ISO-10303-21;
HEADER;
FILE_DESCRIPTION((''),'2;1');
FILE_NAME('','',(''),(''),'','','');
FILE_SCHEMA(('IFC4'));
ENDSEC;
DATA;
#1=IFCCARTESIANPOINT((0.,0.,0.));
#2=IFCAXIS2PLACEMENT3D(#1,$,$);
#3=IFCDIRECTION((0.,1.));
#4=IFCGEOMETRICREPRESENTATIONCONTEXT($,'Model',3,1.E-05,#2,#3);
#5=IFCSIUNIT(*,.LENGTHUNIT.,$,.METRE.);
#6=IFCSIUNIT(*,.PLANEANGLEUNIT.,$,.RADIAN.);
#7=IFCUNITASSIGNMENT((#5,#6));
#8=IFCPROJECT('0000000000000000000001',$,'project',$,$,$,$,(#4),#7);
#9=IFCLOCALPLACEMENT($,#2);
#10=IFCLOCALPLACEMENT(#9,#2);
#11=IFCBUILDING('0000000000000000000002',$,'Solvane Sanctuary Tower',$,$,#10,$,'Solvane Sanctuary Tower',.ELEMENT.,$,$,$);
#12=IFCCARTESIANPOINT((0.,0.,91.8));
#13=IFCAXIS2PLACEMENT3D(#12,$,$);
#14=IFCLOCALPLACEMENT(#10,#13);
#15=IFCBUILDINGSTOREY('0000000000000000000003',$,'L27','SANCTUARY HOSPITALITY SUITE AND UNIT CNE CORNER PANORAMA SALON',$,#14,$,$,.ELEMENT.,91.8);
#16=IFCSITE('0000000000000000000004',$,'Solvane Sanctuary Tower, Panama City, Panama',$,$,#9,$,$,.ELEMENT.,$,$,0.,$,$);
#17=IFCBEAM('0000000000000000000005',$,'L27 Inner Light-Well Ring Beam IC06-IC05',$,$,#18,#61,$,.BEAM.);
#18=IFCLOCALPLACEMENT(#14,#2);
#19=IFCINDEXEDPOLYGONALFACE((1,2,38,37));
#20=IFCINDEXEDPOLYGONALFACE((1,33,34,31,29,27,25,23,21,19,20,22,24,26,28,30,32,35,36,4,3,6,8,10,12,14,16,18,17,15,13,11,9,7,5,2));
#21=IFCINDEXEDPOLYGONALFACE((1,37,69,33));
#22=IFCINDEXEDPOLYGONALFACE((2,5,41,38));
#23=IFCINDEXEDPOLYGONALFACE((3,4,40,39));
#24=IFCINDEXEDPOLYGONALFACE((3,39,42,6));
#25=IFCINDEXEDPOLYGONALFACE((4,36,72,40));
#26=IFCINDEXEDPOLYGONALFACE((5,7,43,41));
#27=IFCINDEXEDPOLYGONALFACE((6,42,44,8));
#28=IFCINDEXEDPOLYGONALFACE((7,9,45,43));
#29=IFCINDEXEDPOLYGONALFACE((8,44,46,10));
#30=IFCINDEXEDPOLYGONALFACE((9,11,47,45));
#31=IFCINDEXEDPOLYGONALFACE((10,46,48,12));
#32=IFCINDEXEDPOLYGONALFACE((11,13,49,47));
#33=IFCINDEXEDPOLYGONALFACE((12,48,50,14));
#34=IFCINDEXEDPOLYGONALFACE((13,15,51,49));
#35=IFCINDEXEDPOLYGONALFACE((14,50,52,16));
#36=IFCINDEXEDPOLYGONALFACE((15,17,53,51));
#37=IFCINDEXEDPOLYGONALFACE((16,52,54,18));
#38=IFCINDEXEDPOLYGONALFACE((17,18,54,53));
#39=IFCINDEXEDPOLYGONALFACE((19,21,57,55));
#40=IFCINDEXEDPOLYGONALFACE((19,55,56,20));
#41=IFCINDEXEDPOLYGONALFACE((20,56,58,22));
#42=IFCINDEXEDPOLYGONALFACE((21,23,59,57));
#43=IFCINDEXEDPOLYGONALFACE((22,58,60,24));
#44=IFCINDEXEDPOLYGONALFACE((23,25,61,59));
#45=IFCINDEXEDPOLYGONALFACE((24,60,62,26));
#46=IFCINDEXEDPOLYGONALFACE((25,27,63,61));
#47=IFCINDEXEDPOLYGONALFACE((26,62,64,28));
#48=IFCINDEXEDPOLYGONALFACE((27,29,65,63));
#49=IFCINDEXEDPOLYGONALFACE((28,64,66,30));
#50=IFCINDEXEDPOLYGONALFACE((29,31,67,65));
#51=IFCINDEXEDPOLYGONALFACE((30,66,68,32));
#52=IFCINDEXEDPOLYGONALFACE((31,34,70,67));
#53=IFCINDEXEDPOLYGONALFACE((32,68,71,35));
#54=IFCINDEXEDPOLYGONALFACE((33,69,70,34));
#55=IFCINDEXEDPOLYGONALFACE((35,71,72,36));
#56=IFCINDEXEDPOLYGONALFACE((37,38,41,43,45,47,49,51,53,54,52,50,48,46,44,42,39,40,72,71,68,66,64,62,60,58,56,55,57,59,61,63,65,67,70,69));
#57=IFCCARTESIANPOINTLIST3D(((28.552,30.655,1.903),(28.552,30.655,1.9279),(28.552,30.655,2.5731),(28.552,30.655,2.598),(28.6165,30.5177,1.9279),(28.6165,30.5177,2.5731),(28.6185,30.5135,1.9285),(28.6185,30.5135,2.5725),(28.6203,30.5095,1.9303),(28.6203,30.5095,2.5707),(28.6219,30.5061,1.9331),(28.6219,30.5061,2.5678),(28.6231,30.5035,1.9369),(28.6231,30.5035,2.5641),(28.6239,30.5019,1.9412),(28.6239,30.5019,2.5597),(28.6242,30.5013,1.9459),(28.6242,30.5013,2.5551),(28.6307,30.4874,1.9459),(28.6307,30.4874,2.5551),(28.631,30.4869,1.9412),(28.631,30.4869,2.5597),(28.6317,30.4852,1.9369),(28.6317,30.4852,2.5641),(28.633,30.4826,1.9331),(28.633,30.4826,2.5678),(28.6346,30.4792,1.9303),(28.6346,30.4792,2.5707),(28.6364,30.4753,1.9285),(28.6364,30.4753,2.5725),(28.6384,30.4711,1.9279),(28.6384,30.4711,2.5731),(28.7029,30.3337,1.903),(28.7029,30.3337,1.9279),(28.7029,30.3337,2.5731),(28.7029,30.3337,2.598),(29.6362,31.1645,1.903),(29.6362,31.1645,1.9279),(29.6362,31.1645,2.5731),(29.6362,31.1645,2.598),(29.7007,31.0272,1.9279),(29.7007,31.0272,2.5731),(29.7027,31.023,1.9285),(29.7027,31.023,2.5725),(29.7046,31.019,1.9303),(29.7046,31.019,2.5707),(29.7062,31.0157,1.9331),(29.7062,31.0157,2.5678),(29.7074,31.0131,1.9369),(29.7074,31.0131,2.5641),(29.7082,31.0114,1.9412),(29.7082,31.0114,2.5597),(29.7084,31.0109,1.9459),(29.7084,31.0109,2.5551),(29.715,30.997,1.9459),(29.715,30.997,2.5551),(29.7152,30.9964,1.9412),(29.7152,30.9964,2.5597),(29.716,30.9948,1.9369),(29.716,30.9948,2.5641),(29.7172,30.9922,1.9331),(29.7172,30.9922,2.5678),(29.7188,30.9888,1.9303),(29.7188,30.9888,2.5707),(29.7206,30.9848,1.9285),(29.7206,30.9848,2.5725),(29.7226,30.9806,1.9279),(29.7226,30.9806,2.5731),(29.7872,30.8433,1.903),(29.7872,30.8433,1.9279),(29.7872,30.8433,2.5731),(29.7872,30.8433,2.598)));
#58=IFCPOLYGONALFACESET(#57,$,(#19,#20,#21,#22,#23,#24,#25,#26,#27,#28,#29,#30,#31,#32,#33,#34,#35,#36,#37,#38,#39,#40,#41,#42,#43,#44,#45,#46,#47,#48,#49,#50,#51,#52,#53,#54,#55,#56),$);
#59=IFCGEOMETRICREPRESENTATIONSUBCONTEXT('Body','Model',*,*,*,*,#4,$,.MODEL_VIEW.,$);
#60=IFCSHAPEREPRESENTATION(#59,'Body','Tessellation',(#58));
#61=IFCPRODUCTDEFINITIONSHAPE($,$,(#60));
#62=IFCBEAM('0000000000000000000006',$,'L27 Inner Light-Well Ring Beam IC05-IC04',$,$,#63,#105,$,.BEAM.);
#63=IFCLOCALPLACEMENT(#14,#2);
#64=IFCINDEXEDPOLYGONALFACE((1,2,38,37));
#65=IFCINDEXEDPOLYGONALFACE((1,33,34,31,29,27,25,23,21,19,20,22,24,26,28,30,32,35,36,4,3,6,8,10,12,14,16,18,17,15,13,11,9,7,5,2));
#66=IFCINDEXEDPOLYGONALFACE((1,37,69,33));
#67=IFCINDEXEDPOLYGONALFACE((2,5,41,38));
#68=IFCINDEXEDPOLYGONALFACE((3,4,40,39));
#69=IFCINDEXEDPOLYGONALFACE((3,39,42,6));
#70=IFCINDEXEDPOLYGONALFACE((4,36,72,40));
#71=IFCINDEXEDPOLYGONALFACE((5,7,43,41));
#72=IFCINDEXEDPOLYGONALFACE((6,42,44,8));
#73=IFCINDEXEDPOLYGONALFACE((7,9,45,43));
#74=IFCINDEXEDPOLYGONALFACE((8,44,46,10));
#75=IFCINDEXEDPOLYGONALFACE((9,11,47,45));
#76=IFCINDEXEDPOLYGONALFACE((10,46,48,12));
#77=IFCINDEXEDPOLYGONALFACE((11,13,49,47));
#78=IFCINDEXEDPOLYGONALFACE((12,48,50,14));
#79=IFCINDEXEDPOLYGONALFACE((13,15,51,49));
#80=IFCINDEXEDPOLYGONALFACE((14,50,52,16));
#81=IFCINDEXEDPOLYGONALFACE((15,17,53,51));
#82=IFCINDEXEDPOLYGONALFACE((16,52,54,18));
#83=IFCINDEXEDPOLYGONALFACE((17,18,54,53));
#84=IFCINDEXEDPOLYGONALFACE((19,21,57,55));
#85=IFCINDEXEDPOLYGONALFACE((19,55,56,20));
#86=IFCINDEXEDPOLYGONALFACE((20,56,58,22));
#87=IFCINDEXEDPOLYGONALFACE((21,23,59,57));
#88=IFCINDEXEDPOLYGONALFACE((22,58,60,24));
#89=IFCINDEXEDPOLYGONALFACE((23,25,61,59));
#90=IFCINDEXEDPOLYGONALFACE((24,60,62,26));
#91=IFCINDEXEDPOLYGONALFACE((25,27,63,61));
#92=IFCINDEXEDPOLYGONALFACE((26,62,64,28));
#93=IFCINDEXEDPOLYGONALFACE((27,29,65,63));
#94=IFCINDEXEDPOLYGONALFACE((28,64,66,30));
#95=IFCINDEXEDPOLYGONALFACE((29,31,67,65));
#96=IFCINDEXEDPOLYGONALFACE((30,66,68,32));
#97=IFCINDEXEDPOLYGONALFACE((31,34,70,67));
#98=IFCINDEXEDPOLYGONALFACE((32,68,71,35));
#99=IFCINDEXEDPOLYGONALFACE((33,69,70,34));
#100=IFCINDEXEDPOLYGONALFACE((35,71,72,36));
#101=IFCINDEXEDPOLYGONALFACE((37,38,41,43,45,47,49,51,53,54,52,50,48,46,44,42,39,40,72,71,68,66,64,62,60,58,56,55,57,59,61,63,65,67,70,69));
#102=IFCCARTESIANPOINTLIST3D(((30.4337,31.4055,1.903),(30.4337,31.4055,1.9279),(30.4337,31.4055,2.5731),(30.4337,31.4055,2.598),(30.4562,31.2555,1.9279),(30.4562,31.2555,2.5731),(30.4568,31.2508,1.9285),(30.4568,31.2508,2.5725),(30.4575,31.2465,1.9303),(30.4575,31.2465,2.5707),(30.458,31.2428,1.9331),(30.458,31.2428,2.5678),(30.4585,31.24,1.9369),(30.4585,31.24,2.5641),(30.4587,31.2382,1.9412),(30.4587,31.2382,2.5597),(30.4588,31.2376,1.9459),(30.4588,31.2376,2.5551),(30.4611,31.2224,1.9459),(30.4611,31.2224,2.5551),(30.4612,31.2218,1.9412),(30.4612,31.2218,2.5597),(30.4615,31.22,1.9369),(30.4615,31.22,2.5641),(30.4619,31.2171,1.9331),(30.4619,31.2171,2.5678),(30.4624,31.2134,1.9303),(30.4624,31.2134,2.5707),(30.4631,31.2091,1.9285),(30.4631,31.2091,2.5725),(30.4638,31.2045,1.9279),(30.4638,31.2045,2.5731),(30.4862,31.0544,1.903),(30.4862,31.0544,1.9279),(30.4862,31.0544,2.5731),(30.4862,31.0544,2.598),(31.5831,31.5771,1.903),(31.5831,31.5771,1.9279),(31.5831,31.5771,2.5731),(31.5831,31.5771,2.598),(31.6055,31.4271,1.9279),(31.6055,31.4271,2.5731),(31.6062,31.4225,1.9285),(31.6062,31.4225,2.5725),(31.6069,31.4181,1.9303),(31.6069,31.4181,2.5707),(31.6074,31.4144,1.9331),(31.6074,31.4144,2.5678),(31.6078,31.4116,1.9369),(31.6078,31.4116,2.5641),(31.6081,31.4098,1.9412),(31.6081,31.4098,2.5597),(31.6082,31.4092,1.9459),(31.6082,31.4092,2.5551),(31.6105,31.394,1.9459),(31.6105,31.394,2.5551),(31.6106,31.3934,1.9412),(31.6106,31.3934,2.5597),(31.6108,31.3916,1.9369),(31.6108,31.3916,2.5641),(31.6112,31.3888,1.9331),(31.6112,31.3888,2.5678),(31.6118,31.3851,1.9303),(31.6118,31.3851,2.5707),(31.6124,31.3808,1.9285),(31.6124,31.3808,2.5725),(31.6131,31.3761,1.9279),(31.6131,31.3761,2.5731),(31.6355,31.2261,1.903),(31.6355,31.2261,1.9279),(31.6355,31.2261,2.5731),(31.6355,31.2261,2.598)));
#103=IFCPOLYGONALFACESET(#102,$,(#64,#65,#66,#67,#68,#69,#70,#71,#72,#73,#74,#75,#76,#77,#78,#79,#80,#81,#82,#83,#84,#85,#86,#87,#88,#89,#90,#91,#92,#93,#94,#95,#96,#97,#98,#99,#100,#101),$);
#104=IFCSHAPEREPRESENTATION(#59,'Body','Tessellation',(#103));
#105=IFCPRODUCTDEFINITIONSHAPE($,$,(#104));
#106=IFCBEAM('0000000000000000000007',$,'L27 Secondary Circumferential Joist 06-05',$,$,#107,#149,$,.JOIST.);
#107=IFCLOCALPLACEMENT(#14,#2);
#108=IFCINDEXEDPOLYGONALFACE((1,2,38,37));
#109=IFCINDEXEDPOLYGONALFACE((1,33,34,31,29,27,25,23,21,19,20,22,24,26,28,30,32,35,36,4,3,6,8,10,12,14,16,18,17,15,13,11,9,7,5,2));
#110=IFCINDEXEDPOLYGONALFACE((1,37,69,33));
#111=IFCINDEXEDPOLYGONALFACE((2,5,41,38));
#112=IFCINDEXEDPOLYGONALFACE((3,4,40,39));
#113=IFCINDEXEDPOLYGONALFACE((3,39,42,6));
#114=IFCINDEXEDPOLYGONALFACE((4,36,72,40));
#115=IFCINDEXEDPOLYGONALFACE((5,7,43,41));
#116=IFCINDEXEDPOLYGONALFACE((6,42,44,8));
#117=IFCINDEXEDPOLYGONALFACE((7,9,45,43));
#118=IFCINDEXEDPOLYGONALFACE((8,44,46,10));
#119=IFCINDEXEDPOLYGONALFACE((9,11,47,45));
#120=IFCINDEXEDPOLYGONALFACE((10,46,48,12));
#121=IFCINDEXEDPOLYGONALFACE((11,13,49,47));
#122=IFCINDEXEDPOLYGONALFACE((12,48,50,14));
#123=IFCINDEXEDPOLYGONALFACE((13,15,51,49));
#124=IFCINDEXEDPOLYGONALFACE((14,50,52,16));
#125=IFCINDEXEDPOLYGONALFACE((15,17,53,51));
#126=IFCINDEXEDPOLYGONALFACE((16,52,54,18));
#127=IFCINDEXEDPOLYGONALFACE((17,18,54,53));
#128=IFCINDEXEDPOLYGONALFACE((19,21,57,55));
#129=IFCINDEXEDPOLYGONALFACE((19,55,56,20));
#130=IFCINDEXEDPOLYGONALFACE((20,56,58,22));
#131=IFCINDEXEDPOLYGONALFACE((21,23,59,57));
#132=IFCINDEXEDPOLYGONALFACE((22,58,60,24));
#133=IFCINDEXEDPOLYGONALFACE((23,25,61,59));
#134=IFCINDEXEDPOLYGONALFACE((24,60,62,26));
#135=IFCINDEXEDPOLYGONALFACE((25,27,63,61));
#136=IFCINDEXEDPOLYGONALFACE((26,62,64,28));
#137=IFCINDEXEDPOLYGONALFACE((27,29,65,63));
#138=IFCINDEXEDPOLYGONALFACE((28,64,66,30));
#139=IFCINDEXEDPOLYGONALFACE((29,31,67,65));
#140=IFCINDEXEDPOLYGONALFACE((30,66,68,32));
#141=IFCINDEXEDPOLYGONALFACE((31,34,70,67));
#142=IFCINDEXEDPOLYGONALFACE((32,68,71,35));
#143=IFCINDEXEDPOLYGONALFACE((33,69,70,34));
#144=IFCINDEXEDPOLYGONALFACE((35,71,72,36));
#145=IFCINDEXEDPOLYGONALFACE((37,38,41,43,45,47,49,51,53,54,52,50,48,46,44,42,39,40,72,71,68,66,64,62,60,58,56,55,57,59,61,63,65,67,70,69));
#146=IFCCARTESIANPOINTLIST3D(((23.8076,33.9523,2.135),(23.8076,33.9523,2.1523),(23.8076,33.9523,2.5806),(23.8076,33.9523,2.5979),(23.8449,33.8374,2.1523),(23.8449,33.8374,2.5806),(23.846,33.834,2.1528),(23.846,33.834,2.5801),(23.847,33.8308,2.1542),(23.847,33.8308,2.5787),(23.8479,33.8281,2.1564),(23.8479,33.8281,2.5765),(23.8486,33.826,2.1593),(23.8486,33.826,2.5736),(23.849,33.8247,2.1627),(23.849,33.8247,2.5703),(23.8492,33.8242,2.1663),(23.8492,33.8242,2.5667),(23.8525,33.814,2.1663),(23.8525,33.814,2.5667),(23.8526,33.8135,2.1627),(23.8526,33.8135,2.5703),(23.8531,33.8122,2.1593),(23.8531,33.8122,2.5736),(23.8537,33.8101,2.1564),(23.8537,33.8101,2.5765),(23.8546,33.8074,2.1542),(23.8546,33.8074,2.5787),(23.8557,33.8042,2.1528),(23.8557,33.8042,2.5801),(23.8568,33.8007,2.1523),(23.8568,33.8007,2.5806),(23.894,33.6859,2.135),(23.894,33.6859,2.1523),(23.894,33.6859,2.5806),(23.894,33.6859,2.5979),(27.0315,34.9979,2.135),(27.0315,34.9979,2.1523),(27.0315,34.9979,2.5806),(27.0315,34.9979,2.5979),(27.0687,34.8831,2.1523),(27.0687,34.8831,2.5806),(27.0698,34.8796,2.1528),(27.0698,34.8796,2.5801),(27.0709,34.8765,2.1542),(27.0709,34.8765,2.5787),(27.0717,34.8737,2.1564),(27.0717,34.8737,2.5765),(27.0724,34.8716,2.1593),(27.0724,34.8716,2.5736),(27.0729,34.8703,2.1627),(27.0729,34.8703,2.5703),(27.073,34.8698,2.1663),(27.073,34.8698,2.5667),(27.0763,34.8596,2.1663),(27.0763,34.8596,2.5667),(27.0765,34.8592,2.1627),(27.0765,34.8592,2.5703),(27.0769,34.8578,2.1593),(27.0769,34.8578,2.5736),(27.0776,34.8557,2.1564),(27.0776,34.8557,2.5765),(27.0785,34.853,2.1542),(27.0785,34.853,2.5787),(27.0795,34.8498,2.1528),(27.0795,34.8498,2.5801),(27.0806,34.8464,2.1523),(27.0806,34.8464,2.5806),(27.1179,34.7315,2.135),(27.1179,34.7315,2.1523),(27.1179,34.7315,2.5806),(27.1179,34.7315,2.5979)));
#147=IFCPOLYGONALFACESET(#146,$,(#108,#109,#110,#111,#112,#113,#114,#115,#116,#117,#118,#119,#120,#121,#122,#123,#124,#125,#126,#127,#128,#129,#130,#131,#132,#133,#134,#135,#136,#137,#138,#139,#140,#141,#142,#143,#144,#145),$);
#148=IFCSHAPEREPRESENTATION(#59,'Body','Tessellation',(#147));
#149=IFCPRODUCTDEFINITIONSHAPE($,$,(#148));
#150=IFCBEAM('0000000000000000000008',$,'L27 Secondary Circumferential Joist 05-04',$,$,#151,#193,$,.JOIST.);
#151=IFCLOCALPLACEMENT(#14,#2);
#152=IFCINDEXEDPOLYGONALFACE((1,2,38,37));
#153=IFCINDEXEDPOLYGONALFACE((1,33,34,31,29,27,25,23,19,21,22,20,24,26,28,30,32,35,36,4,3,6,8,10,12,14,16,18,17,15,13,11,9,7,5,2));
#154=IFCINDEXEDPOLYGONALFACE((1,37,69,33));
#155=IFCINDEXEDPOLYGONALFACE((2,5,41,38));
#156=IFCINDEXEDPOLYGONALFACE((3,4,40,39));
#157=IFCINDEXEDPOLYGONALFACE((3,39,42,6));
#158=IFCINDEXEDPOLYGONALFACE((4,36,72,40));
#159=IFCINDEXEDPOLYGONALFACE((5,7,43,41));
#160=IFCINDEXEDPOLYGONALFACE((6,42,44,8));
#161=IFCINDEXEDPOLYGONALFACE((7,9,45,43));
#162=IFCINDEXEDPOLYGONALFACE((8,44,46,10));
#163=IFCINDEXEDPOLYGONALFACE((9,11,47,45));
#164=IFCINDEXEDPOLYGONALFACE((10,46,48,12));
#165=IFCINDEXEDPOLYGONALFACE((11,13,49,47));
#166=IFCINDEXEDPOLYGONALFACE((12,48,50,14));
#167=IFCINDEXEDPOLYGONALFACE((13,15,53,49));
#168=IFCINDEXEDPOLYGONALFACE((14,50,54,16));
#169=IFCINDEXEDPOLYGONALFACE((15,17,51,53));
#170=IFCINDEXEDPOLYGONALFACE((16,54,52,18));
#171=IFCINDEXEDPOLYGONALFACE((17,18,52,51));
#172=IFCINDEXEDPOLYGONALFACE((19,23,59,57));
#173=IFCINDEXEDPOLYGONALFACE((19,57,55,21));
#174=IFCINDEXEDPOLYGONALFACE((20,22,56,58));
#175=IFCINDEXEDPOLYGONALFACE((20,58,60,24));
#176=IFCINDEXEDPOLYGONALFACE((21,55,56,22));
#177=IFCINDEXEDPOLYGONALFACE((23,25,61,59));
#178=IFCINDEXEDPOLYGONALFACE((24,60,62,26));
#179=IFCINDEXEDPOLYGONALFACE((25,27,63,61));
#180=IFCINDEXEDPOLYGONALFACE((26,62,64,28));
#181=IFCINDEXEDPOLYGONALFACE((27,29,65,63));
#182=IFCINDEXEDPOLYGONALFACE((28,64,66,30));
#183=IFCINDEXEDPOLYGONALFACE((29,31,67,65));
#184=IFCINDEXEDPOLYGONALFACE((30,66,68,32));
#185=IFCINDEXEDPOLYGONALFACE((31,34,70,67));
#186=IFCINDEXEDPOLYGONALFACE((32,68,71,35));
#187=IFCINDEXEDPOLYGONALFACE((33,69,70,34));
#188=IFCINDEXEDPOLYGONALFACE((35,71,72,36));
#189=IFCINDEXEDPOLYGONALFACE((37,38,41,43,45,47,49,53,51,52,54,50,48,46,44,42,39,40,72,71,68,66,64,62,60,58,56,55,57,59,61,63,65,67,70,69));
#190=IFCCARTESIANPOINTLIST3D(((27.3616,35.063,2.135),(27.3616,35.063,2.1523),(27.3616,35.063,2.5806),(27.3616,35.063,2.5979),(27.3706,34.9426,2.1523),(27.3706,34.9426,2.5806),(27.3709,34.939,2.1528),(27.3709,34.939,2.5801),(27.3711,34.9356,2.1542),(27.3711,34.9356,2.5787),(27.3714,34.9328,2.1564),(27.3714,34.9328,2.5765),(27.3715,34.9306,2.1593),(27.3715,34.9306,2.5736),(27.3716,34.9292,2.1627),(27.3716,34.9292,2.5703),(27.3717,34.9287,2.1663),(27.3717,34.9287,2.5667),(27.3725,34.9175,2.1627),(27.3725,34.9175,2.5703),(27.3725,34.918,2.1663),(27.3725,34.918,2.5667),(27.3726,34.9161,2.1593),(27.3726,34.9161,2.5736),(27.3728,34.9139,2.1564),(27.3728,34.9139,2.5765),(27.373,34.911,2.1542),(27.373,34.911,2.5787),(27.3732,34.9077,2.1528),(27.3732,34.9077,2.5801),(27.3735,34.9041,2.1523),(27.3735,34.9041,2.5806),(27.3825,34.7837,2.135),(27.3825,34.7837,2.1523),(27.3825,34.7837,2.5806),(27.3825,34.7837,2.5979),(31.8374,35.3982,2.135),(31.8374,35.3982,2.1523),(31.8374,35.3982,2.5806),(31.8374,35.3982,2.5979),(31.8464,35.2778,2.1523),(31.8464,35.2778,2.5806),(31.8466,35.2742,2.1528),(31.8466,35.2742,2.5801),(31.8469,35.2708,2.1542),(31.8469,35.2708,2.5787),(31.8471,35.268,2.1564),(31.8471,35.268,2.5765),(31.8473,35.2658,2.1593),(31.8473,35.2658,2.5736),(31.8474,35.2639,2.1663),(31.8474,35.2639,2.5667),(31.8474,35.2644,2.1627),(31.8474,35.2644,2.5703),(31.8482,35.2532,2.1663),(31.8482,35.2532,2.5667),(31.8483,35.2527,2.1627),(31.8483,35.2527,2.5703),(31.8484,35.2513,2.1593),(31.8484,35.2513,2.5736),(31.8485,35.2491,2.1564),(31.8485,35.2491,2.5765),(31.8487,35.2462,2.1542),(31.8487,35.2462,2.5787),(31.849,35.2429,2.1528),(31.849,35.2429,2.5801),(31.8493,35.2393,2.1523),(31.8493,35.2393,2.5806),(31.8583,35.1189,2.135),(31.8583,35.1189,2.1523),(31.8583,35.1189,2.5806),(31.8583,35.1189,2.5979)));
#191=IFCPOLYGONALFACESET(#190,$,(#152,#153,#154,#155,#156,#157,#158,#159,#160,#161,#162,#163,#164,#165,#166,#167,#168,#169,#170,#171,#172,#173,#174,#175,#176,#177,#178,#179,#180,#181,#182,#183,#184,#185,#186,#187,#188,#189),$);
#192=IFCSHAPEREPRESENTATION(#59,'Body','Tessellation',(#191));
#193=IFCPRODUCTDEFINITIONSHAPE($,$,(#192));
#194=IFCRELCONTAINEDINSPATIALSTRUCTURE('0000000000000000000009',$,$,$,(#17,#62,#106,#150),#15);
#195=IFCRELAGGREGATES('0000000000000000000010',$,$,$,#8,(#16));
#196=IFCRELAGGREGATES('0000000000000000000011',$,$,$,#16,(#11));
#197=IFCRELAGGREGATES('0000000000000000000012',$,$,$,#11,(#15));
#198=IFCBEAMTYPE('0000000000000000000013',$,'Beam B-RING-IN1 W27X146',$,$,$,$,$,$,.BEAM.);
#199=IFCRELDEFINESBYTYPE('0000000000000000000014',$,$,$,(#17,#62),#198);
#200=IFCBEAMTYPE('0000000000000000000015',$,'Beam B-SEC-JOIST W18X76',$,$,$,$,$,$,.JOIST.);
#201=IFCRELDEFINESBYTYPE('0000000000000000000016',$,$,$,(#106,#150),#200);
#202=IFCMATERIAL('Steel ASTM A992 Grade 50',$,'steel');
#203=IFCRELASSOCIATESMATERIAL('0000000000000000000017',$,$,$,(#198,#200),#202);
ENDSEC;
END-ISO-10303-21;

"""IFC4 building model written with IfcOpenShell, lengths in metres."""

from ifc_helpers import new_model, si_unit, direction, frame, origin, origin_2d, place, context, subcontext, project, spatial, i_section, extrude, material, material_profile, profile_set, type_object, element, save


model = new_model("IFC4")

# Units and contexts
model_context = context("Model", 3, precision=1e-05, world=origin(), true_north=direction((0.0, 1.0)))
body_context = subcontext(model_context, "Body", "Model", "MODEL_VIEW")
ifc_project = project(units=[si_unit("LENGTHUNIT", "METRE"), si_unit("PLANEANGLEUNIT", "RADIAN")], contexts=[model_context])

# Site, building, storey
site_placement = place(None, origin())
site = spatial("IfcSite", under=ifc_project, at=site_placement, Name="Solvane Sanctuary Tower, Panama City, Panama", CompositionType="ELEMENT", RefElevation=0.0)
building_placement = place(site_placement, origin())
building = spatial("IfcBuilding", under=site, at=building_placement, Name="Solvane Sanctuary Tower", LongName="Solvane Sanctuary Tower", CompositionType="ELEMENT")
storey_placement = place(building_placement, frame((0.0, 0.0, 91.8)))
storey = spatial("IfcBuildingStorey", under=building, at=storey_placement, Name="L27", Description="SANCTUARY HOSPITALITY SUITE AND UNIT CNE CORNER PANORAMA SALON", CompositionType="ELEMENT", Elevation=91.8)

# Beams
ifc_material_1 = material(Name="Steel ASTM A992 Grade 50", Category="steel")
ifc_material_profile_1 = material_profile(ifc_material_1, i_section(OverallWidth=0.355, OverallDepth=0.6951, WebThickness=0.0154, FlangeThickness=0.0249, FilletRadius=0.0181, at=origin_2d()), Name="W27X146")
ifc_profile_set_1 = profile_set([ifc_material_profile_1], Name="Steel ASTM A992 Grade 50")
beam_type_1 = type_object("IfcBeamType", Name="Beam B-RING-IN1 W27X146", PredefinedType="BEAM", material=ifc_profile_set_1)
beam_1_placement = place(storey_placement, frame((28.6274, 30.4944, 2.2505), z_axis=(0.905045, 0.425316, 0.0), x_axis=(-0.425316, 0.905045, 0.0)))
element("IfcBeam", 1, at=beam_1_placement, inside=storey, type_object=beam_type_1, Name="L27 Inner Light-Well Ring Beam IC06-IC05", PredefinedType="BEAM", context=body_context, shape_type="SweptSolid", body=[
    extrude(i_section(OverallWidth=0.355, OverallDepth=0.6951, WebThickness=0.0154, FlangeThickness=0.0249, FilletRadius=0.0181, at=origin_2d()), origin(), (0.0, 0.0, 1.0), 1.198),
])
beam_2_placement = place(storey_placement, frame((30.46, 31.23, 2.2505), z_axis=(0.989035, 0.147683, 0.0), x_axis=(-0.147683, 0.989035, 0.0)))
element("IfcBeam", 2, at=beam_2_placement, inside=storey, type_object=beam_type_1, Name="L27 Inner Light-Well Ring Beam IC05-IC04", PredefinedType="BEAM", context=body_context, shape_type="SweptSolid", body=[
    extrude(i_section(OverallWidth=0.355, OverallDepth=0.6951, WebThickness=0.0154, FlangeThickness=0.0249, FilletRadius=0.0181, at=origin_2d()), origin(), (0.0, 0.0, 1.0), 1.1621),
])
ifc_material_profile_2 = material_profile(ifc_material_1, i_section(OverallWidth=0.28, OverallDepth=0.4629, WebThickness=0.0107, FlangeThickness=0.0173, FilletRadius=0.0139, at=origin_2d()), Name="W18X76")
ifc_profile_set_2 = profile_set([ifc_material_profile_2], Name="Steel ASTM A992 Grade 50")
beam_type_2 = type_object("IfcBeamType", Name="Beam B-SEC-JOIST W18X76", PredefinedType="JOIST", material=ifc_profile_set_2)
beam_3_placement = place(storey_placement, frame((23.8508, 33.8191, 2.3665), z_axis=(0.951217, 0.308524, 0.0), x_axis=(-0.308524, 0.951217, 0.0)))
element("IfcBeam", 3, at=beam_3_placement, inside=storey, type_object=beam_type_2, Name="L27 Secondary Circumferential Joist 06-05", PredefinedType="JOIST", context=body_context, shape_type="SweptSolid", body=[
    extrude(i_section(OverallWidth=0.28, OverallDepth=0.4629, WebThickness=0.0107, FlangeThickness=0.0173, FilletRadius=0.0139, at=origin_2d()), origin(), (0.0, 0.0, 1.0), 3.3892),
])
beam_4_placement = place(storey_placement, frame((27.3721, 34.9233, 2.3665), z_axis=(0.997207, 0.074683, 0.0), x_axis=(-0.074683, 0.997207, 0.0)))
element("IfcBeam", 4, at=beam_4_placement, inside=storey, type_object=beam_type_2, Name="L27 Secondary Circumferential Joist 05-04", PredefinedType="JOIST", context=body_context, shape_type="SweptSolid", body=[
    extrude(i_section(OverallWidth=0.28, OverallDepth=0.4629, WebThickness=0.0107, FlangeThickness=0.0173, FilletRadius=0.0139, at=origin_2d()), origin(), (0.0, 0.0, 1.0), 4.4883),
])

save(model, "model.ifc")
